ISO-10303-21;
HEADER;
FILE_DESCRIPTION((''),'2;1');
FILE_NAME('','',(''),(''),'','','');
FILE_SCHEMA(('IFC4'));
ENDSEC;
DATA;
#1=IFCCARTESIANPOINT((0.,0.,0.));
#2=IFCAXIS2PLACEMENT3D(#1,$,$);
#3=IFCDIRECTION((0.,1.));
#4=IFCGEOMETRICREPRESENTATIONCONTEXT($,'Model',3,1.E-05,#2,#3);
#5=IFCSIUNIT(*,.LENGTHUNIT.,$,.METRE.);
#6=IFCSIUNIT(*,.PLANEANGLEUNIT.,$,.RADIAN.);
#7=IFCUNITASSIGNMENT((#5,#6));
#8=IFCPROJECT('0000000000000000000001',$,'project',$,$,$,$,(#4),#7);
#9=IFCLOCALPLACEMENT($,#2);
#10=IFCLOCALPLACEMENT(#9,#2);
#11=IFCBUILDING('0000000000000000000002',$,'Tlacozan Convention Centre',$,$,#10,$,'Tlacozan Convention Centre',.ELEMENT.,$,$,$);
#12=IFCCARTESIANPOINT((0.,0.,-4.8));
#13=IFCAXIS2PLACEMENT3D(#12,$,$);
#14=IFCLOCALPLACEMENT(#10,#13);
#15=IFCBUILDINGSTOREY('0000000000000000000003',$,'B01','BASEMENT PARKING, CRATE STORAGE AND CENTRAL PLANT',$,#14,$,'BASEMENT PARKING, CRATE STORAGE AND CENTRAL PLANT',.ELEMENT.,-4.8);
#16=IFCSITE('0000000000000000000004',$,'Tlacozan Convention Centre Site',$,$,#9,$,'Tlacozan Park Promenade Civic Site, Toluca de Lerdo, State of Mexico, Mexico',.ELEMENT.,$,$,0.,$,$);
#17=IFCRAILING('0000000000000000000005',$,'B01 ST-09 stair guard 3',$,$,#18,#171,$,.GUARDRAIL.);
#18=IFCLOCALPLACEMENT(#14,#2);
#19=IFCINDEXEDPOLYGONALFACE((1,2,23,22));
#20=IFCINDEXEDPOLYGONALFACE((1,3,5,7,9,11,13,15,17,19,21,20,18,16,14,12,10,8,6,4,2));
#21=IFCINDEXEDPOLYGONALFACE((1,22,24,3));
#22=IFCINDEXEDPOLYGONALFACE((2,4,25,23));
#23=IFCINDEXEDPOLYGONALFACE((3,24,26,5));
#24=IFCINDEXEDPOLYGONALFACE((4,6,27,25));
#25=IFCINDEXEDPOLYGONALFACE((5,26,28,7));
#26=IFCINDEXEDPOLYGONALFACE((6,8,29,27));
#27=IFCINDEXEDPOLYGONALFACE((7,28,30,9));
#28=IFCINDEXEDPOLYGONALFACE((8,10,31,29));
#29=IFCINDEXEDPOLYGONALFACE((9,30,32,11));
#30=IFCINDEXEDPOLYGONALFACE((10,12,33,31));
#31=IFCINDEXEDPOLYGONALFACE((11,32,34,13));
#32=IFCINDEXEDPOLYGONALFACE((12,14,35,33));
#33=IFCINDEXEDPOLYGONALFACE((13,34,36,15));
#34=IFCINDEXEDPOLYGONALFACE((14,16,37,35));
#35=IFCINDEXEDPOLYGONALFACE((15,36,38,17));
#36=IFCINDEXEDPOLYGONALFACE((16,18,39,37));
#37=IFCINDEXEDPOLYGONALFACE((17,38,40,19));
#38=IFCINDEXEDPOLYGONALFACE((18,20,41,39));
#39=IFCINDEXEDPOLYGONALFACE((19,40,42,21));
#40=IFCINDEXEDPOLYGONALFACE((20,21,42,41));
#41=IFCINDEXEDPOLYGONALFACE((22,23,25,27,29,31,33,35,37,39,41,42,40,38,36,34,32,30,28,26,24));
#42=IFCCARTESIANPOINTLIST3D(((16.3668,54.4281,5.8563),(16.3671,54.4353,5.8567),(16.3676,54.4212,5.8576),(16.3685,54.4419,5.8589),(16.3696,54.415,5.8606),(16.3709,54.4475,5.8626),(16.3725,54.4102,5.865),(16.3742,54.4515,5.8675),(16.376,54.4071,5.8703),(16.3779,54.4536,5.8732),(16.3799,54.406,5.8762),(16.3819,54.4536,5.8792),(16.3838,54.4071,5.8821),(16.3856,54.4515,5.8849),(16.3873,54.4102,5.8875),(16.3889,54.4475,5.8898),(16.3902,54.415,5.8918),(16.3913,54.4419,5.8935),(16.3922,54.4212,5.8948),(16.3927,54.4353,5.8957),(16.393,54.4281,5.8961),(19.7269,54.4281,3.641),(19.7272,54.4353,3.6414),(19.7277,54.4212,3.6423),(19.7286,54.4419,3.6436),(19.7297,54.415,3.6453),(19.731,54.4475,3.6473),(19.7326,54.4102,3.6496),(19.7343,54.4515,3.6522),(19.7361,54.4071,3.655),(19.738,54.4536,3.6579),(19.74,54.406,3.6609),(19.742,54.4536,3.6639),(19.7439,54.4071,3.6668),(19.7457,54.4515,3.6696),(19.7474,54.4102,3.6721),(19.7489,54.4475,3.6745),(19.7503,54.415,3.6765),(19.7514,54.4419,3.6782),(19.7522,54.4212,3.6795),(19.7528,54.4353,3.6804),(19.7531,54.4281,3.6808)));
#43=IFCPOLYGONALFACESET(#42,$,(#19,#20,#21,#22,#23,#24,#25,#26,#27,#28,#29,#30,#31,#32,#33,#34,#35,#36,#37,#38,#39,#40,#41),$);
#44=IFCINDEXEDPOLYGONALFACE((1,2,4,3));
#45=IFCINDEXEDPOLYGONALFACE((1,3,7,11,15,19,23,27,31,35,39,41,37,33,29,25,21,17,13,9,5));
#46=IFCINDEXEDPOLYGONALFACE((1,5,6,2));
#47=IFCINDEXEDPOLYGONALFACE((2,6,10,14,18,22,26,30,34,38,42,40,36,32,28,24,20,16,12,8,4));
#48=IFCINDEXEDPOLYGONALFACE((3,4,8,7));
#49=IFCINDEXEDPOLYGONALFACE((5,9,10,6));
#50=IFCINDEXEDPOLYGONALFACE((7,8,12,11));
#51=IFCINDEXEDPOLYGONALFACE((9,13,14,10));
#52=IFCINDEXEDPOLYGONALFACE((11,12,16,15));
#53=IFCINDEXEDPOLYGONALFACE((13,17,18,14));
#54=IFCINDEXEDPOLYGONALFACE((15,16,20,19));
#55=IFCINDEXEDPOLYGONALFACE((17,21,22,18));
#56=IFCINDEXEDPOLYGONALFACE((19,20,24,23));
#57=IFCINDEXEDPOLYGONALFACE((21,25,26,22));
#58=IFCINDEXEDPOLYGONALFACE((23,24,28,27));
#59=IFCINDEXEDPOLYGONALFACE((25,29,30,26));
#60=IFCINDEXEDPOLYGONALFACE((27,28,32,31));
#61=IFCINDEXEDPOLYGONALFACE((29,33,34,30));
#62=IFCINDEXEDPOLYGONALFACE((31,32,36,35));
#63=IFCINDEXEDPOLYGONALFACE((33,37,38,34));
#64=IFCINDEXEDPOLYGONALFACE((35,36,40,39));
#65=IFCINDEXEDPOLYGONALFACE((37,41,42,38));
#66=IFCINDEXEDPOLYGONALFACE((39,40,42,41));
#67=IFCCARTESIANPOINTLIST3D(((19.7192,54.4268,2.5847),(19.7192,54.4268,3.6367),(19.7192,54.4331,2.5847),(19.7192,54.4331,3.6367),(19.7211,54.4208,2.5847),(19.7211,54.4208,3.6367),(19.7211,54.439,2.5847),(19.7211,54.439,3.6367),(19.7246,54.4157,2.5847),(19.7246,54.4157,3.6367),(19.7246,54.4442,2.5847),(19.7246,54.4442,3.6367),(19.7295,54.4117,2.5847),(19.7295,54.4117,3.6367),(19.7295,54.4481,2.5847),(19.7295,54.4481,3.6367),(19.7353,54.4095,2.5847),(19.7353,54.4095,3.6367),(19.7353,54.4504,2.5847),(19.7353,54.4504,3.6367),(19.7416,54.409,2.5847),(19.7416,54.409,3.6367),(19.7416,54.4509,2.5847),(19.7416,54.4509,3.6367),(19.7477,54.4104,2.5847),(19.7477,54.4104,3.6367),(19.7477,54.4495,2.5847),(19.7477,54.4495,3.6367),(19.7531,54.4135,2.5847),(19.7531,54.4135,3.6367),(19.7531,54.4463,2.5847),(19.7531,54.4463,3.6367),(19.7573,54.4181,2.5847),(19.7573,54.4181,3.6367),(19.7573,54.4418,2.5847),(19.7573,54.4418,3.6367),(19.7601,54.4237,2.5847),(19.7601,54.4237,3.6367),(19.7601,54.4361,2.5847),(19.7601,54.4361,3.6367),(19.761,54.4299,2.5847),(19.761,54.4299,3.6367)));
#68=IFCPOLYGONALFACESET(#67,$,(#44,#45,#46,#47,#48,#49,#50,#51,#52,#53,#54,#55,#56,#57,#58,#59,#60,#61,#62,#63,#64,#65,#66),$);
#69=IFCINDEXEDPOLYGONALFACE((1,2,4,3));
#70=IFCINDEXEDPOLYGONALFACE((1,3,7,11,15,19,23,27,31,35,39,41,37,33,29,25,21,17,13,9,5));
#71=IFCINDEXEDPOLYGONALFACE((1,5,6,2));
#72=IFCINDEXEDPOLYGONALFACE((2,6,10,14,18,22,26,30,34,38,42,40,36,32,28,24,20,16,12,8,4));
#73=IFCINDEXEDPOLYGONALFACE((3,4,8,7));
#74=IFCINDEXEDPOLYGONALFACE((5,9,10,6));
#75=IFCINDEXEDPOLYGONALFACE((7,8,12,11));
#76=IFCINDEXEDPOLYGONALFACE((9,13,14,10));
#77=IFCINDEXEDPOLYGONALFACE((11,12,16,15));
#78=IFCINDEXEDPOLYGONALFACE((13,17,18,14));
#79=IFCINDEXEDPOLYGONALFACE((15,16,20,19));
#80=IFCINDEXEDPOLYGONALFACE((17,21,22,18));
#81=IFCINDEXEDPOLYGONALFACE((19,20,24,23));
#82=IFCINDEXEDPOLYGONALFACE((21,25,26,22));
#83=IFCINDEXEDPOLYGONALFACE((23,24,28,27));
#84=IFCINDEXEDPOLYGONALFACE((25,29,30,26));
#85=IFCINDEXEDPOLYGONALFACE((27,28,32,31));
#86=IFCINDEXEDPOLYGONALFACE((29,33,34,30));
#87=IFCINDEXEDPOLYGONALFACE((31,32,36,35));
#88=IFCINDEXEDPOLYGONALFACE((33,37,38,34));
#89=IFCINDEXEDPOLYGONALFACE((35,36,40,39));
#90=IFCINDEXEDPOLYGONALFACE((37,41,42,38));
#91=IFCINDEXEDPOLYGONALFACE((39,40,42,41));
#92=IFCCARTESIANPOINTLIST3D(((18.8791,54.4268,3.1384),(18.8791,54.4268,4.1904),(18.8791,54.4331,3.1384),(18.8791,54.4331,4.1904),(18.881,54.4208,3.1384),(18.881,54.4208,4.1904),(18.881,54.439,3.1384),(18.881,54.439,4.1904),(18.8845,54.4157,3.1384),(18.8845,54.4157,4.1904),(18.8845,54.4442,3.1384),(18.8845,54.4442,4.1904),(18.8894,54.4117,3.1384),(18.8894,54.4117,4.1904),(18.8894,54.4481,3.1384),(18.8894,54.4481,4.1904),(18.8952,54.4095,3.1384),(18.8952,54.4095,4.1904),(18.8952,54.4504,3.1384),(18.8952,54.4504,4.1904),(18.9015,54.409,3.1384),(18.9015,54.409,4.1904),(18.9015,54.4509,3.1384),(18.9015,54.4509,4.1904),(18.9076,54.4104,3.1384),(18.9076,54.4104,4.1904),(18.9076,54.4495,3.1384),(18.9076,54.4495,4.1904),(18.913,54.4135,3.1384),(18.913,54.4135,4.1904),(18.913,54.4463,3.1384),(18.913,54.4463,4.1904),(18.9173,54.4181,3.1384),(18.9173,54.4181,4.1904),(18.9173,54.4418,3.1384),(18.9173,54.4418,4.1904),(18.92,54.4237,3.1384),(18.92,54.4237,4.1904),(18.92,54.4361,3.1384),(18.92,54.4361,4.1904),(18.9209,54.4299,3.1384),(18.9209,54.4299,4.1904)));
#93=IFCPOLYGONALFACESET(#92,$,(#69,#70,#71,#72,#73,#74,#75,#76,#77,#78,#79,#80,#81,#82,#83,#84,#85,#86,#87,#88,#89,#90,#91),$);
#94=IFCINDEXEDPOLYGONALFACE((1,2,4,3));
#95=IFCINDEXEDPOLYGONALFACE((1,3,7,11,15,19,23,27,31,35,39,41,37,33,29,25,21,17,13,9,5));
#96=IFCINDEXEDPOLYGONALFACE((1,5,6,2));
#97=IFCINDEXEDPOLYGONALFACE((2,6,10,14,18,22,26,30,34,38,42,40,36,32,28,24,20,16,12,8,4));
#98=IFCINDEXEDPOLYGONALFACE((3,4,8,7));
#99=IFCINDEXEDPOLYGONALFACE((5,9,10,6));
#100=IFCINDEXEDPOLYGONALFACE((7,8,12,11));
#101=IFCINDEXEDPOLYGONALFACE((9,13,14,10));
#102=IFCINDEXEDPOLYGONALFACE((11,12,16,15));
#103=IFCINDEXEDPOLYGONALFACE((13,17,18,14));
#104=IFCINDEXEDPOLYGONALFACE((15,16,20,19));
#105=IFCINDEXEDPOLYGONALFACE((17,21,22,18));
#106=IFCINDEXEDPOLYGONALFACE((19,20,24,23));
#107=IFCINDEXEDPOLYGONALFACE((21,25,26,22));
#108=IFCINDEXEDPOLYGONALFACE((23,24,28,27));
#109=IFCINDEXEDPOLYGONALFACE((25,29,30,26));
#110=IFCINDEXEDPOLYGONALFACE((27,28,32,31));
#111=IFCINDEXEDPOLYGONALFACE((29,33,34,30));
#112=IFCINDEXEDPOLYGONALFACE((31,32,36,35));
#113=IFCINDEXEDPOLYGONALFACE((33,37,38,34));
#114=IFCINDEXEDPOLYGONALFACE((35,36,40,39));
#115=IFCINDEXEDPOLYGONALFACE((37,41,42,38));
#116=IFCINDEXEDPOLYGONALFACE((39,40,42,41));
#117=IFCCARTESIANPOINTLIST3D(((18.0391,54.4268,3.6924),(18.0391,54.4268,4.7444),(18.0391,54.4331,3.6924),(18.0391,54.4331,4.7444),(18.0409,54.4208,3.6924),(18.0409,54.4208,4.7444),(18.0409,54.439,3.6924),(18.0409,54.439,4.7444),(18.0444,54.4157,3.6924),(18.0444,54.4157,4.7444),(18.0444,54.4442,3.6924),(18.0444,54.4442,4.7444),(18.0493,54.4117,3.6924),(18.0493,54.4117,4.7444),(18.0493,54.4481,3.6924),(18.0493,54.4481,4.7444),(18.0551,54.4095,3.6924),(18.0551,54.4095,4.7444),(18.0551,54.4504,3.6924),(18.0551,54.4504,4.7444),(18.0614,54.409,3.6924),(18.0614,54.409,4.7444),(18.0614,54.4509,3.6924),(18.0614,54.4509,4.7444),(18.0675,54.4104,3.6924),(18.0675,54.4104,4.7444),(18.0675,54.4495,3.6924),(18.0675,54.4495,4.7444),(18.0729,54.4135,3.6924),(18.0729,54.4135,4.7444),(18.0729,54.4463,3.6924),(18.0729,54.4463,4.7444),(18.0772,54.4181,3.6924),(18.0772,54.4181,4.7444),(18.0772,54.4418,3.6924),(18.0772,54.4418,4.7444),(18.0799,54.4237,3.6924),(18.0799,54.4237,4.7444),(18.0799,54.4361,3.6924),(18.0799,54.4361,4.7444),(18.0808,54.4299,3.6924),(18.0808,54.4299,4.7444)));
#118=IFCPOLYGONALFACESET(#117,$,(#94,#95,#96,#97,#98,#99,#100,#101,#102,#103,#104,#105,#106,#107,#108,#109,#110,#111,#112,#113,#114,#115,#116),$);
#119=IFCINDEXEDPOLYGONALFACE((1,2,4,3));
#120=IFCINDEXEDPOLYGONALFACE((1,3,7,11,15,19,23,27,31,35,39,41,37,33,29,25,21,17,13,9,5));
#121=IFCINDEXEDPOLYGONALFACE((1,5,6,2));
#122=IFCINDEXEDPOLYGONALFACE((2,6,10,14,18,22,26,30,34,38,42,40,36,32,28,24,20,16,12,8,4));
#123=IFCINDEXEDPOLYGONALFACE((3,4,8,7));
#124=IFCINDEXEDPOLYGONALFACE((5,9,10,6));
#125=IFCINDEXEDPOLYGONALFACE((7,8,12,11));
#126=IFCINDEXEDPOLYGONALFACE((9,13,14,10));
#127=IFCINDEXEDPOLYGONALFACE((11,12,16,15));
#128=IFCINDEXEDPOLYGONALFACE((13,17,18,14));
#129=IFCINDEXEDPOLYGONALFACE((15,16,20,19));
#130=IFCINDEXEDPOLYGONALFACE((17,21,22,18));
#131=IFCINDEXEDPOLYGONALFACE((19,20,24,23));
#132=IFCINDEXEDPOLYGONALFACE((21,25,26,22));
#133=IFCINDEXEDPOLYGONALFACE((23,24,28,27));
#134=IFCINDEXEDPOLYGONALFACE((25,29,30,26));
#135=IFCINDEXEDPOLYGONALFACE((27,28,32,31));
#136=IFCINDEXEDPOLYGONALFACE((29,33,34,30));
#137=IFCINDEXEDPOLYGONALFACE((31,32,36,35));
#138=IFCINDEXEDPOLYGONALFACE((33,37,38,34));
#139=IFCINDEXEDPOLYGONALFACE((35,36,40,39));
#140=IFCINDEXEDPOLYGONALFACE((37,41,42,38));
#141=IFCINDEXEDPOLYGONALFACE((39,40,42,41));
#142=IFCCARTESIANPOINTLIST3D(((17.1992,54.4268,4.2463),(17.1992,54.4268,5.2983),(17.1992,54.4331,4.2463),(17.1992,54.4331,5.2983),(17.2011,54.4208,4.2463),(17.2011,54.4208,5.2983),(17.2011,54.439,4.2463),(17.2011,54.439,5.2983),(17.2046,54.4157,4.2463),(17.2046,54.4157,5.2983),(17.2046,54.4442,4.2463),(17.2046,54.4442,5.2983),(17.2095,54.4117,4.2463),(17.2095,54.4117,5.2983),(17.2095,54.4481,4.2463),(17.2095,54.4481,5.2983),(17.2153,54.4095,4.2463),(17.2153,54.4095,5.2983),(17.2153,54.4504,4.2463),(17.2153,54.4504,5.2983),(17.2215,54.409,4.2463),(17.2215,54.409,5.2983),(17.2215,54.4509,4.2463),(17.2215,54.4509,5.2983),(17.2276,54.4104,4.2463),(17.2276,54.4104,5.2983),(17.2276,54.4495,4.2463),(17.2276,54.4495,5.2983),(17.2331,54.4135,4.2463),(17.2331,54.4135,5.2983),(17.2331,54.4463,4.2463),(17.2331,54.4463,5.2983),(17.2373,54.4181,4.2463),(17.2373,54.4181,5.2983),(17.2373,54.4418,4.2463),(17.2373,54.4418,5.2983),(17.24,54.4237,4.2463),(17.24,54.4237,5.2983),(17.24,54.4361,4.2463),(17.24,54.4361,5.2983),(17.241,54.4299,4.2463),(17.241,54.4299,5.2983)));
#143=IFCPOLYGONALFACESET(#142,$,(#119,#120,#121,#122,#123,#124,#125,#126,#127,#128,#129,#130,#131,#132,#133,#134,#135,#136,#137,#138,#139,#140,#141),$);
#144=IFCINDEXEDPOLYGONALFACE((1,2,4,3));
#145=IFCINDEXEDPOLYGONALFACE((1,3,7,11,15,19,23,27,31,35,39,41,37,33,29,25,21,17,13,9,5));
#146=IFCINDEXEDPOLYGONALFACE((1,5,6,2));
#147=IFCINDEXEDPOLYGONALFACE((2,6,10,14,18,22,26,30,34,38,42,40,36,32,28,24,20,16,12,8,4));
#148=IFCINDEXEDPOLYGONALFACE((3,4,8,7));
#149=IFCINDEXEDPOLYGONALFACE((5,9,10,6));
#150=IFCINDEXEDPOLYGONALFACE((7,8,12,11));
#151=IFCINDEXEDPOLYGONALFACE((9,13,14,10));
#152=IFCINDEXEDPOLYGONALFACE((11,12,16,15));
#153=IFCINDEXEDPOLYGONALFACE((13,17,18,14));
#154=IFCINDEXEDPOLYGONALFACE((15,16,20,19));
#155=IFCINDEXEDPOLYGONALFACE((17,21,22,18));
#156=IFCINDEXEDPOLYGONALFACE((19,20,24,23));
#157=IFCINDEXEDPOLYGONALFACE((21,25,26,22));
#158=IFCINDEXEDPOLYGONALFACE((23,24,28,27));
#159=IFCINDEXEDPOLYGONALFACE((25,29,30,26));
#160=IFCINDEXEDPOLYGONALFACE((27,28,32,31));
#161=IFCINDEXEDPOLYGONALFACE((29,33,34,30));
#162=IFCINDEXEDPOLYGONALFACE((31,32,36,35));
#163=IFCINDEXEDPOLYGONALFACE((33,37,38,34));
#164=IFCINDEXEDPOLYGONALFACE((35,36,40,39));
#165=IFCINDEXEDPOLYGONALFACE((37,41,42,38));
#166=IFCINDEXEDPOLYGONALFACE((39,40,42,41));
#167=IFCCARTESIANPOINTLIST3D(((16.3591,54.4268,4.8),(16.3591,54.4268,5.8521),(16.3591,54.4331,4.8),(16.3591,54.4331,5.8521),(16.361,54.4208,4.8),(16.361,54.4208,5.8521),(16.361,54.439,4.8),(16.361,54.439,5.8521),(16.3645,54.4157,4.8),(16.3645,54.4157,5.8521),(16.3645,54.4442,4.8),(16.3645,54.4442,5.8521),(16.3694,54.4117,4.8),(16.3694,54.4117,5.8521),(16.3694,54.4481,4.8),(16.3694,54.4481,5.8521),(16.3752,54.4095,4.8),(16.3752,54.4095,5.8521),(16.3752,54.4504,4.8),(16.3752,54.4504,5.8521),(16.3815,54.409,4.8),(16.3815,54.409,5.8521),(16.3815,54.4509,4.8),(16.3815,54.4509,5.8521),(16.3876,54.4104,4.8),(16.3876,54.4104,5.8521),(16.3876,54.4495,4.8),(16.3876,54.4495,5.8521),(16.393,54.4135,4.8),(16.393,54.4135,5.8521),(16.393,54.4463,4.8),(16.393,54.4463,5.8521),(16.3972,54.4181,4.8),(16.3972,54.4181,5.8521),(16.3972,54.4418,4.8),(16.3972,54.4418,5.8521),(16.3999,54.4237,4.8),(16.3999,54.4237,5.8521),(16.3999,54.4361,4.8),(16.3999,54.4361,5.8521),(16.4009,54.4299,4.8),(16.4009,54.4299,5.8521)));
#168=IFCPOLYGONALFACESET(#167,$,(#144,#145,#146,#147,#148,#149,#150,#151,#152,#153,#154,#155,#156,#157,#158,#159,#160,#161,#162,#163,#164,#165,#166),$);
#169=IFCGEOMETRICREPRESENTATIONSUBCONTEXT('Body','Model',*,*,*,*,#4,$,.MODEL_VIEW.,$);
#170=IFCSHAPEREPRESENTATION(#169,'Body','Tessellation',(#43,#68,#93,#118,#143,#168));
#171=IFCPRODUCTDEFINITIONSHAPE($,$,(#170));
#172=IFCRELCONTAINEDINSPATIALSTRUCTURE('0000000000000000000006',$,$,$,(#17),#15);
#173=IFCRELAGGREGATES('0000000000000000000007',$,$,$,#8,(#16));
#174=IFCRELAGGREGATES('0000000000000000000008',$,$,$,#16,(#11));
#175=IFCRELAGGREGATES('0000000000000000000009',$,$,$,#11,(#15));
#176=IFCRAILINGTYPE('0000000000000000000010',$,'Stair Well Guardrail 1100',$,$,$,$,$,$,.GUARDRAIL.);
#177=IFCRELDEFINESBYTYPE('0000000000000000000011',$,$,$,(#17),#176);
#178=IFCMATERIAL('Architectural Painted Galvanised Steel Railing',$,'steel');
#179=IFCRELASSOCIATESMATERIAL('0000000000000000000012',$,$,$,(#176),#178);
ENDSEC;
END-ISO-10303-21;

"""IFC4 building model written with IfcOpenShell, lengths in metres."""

from ifc_helpers import new_model, si_unit, direction, frame, origin, origin_2d, place, context, subcontext, project, spatial, circle, extrude, material, type_object, element, save


model = new_model("IFC4")

# Units and contexts
model_context = context("Model", 3, precision=1e-05, world=origin(), true_north=direction((0.0, 1.0)))
body_context = subcontext(model_context, "Body", "Model", "MODEL_VIEW")
ifc_project = project(units=[si_unit("LENGTHUNIT", "METRE"), si_unit("PLANEANGLEUNIT", "RADIAN")], contexts=[model_context])

# Site, building, storey
site_placement = place(None, origin())
site = spatial("IfcSite", under=ifc_project, at=site_placement, Name="Tlacozan Convention Centre Site", LongName="Tlacozan Park Promenade Civic Site, Toluca de Lerdo, State of Mexico, Mexico", CompositionType="ELEMENT", RefElevation=0.0)
building_placement = place(site_placement, origin())
building = spatial("IfcBuilding", under=site, at=building_placement, Name="Tlacozan Convention Centre", LongName="Tlacozan Convention Centre", CompositionType="ELEMENT")
storey_placement = place(building_placement, frame((0.0, 0.0, -4.8)))
storey = spatial("IfcBuildingStorey", under=building, at=storey_placement, Name="B01", Description="BASEMENT PARKING, CRATE STORAGE AND CENTRAL PLANT", LongName="BASEMENT PARKING, CRATE STORAGE AND CENTRAL PLANT", CompositionType="ELEMENT", Elevation=-4.8)

# Railing
ifc_material_1 = material(Name="Architectural Painted Galvanised Steel Railing", Category="steel")
railing_type_1 = type_object("IfcRailingType", Name="Stair Well Guardrail 1100", PredefinedType="GUARDRAIL", material=ifc_material_1)
railing_1_placement = place(storey_placement, frame((19.74, 54.4299, 2.5847)))
element("IfcRailing", 1, at=railing_1_placement, inside=storey, type_object=railing_type_1, Name="B01 ST-09 stair guard 3", PredefinedType="GUARDRAIL", context=body_context, shape_type="SweptSolid", body=[
    extrude(circle(Radius=0.0239, at=origin_2d()), frame((0.0, 0.0, 1.0762), z_axis=(-0.834876, 0.0, 0.550437), x_axis=(0.0, -1.0, 0.0)), (0.0, 0.0, 1.0), 4.0247),
    extrude(circle(Radius=0.021, at=origin_2d()), origin(), (0.0, 0.0, 1.0), 1.052),
    extrude(circle(Radius=0.021, at=origin_2d()), frame((-0.8401, 0.0, 0.5537)), (0.0, 0.0, 1.0), 1.052),
    extrude(circle(Radius=0.021, at=origin_2d()), frame((-1.6802, 0.0, 1.1077)), (0.0, 0.0, 1.0), 1.052),
    extrude(circle(Radius=0.021, at=origin_2d()), frame((-2.52, 0.0, 1.6616)), (0.0, 0.0, 1.0), 1.052),
    extrude(circle(Radius=0.021, at=origin_2d()), frame((-3.3601, 0.0, 2.2153)), (0.0, 0.0, 1.0), 1.052),
])

save(model, "model.ifc")
